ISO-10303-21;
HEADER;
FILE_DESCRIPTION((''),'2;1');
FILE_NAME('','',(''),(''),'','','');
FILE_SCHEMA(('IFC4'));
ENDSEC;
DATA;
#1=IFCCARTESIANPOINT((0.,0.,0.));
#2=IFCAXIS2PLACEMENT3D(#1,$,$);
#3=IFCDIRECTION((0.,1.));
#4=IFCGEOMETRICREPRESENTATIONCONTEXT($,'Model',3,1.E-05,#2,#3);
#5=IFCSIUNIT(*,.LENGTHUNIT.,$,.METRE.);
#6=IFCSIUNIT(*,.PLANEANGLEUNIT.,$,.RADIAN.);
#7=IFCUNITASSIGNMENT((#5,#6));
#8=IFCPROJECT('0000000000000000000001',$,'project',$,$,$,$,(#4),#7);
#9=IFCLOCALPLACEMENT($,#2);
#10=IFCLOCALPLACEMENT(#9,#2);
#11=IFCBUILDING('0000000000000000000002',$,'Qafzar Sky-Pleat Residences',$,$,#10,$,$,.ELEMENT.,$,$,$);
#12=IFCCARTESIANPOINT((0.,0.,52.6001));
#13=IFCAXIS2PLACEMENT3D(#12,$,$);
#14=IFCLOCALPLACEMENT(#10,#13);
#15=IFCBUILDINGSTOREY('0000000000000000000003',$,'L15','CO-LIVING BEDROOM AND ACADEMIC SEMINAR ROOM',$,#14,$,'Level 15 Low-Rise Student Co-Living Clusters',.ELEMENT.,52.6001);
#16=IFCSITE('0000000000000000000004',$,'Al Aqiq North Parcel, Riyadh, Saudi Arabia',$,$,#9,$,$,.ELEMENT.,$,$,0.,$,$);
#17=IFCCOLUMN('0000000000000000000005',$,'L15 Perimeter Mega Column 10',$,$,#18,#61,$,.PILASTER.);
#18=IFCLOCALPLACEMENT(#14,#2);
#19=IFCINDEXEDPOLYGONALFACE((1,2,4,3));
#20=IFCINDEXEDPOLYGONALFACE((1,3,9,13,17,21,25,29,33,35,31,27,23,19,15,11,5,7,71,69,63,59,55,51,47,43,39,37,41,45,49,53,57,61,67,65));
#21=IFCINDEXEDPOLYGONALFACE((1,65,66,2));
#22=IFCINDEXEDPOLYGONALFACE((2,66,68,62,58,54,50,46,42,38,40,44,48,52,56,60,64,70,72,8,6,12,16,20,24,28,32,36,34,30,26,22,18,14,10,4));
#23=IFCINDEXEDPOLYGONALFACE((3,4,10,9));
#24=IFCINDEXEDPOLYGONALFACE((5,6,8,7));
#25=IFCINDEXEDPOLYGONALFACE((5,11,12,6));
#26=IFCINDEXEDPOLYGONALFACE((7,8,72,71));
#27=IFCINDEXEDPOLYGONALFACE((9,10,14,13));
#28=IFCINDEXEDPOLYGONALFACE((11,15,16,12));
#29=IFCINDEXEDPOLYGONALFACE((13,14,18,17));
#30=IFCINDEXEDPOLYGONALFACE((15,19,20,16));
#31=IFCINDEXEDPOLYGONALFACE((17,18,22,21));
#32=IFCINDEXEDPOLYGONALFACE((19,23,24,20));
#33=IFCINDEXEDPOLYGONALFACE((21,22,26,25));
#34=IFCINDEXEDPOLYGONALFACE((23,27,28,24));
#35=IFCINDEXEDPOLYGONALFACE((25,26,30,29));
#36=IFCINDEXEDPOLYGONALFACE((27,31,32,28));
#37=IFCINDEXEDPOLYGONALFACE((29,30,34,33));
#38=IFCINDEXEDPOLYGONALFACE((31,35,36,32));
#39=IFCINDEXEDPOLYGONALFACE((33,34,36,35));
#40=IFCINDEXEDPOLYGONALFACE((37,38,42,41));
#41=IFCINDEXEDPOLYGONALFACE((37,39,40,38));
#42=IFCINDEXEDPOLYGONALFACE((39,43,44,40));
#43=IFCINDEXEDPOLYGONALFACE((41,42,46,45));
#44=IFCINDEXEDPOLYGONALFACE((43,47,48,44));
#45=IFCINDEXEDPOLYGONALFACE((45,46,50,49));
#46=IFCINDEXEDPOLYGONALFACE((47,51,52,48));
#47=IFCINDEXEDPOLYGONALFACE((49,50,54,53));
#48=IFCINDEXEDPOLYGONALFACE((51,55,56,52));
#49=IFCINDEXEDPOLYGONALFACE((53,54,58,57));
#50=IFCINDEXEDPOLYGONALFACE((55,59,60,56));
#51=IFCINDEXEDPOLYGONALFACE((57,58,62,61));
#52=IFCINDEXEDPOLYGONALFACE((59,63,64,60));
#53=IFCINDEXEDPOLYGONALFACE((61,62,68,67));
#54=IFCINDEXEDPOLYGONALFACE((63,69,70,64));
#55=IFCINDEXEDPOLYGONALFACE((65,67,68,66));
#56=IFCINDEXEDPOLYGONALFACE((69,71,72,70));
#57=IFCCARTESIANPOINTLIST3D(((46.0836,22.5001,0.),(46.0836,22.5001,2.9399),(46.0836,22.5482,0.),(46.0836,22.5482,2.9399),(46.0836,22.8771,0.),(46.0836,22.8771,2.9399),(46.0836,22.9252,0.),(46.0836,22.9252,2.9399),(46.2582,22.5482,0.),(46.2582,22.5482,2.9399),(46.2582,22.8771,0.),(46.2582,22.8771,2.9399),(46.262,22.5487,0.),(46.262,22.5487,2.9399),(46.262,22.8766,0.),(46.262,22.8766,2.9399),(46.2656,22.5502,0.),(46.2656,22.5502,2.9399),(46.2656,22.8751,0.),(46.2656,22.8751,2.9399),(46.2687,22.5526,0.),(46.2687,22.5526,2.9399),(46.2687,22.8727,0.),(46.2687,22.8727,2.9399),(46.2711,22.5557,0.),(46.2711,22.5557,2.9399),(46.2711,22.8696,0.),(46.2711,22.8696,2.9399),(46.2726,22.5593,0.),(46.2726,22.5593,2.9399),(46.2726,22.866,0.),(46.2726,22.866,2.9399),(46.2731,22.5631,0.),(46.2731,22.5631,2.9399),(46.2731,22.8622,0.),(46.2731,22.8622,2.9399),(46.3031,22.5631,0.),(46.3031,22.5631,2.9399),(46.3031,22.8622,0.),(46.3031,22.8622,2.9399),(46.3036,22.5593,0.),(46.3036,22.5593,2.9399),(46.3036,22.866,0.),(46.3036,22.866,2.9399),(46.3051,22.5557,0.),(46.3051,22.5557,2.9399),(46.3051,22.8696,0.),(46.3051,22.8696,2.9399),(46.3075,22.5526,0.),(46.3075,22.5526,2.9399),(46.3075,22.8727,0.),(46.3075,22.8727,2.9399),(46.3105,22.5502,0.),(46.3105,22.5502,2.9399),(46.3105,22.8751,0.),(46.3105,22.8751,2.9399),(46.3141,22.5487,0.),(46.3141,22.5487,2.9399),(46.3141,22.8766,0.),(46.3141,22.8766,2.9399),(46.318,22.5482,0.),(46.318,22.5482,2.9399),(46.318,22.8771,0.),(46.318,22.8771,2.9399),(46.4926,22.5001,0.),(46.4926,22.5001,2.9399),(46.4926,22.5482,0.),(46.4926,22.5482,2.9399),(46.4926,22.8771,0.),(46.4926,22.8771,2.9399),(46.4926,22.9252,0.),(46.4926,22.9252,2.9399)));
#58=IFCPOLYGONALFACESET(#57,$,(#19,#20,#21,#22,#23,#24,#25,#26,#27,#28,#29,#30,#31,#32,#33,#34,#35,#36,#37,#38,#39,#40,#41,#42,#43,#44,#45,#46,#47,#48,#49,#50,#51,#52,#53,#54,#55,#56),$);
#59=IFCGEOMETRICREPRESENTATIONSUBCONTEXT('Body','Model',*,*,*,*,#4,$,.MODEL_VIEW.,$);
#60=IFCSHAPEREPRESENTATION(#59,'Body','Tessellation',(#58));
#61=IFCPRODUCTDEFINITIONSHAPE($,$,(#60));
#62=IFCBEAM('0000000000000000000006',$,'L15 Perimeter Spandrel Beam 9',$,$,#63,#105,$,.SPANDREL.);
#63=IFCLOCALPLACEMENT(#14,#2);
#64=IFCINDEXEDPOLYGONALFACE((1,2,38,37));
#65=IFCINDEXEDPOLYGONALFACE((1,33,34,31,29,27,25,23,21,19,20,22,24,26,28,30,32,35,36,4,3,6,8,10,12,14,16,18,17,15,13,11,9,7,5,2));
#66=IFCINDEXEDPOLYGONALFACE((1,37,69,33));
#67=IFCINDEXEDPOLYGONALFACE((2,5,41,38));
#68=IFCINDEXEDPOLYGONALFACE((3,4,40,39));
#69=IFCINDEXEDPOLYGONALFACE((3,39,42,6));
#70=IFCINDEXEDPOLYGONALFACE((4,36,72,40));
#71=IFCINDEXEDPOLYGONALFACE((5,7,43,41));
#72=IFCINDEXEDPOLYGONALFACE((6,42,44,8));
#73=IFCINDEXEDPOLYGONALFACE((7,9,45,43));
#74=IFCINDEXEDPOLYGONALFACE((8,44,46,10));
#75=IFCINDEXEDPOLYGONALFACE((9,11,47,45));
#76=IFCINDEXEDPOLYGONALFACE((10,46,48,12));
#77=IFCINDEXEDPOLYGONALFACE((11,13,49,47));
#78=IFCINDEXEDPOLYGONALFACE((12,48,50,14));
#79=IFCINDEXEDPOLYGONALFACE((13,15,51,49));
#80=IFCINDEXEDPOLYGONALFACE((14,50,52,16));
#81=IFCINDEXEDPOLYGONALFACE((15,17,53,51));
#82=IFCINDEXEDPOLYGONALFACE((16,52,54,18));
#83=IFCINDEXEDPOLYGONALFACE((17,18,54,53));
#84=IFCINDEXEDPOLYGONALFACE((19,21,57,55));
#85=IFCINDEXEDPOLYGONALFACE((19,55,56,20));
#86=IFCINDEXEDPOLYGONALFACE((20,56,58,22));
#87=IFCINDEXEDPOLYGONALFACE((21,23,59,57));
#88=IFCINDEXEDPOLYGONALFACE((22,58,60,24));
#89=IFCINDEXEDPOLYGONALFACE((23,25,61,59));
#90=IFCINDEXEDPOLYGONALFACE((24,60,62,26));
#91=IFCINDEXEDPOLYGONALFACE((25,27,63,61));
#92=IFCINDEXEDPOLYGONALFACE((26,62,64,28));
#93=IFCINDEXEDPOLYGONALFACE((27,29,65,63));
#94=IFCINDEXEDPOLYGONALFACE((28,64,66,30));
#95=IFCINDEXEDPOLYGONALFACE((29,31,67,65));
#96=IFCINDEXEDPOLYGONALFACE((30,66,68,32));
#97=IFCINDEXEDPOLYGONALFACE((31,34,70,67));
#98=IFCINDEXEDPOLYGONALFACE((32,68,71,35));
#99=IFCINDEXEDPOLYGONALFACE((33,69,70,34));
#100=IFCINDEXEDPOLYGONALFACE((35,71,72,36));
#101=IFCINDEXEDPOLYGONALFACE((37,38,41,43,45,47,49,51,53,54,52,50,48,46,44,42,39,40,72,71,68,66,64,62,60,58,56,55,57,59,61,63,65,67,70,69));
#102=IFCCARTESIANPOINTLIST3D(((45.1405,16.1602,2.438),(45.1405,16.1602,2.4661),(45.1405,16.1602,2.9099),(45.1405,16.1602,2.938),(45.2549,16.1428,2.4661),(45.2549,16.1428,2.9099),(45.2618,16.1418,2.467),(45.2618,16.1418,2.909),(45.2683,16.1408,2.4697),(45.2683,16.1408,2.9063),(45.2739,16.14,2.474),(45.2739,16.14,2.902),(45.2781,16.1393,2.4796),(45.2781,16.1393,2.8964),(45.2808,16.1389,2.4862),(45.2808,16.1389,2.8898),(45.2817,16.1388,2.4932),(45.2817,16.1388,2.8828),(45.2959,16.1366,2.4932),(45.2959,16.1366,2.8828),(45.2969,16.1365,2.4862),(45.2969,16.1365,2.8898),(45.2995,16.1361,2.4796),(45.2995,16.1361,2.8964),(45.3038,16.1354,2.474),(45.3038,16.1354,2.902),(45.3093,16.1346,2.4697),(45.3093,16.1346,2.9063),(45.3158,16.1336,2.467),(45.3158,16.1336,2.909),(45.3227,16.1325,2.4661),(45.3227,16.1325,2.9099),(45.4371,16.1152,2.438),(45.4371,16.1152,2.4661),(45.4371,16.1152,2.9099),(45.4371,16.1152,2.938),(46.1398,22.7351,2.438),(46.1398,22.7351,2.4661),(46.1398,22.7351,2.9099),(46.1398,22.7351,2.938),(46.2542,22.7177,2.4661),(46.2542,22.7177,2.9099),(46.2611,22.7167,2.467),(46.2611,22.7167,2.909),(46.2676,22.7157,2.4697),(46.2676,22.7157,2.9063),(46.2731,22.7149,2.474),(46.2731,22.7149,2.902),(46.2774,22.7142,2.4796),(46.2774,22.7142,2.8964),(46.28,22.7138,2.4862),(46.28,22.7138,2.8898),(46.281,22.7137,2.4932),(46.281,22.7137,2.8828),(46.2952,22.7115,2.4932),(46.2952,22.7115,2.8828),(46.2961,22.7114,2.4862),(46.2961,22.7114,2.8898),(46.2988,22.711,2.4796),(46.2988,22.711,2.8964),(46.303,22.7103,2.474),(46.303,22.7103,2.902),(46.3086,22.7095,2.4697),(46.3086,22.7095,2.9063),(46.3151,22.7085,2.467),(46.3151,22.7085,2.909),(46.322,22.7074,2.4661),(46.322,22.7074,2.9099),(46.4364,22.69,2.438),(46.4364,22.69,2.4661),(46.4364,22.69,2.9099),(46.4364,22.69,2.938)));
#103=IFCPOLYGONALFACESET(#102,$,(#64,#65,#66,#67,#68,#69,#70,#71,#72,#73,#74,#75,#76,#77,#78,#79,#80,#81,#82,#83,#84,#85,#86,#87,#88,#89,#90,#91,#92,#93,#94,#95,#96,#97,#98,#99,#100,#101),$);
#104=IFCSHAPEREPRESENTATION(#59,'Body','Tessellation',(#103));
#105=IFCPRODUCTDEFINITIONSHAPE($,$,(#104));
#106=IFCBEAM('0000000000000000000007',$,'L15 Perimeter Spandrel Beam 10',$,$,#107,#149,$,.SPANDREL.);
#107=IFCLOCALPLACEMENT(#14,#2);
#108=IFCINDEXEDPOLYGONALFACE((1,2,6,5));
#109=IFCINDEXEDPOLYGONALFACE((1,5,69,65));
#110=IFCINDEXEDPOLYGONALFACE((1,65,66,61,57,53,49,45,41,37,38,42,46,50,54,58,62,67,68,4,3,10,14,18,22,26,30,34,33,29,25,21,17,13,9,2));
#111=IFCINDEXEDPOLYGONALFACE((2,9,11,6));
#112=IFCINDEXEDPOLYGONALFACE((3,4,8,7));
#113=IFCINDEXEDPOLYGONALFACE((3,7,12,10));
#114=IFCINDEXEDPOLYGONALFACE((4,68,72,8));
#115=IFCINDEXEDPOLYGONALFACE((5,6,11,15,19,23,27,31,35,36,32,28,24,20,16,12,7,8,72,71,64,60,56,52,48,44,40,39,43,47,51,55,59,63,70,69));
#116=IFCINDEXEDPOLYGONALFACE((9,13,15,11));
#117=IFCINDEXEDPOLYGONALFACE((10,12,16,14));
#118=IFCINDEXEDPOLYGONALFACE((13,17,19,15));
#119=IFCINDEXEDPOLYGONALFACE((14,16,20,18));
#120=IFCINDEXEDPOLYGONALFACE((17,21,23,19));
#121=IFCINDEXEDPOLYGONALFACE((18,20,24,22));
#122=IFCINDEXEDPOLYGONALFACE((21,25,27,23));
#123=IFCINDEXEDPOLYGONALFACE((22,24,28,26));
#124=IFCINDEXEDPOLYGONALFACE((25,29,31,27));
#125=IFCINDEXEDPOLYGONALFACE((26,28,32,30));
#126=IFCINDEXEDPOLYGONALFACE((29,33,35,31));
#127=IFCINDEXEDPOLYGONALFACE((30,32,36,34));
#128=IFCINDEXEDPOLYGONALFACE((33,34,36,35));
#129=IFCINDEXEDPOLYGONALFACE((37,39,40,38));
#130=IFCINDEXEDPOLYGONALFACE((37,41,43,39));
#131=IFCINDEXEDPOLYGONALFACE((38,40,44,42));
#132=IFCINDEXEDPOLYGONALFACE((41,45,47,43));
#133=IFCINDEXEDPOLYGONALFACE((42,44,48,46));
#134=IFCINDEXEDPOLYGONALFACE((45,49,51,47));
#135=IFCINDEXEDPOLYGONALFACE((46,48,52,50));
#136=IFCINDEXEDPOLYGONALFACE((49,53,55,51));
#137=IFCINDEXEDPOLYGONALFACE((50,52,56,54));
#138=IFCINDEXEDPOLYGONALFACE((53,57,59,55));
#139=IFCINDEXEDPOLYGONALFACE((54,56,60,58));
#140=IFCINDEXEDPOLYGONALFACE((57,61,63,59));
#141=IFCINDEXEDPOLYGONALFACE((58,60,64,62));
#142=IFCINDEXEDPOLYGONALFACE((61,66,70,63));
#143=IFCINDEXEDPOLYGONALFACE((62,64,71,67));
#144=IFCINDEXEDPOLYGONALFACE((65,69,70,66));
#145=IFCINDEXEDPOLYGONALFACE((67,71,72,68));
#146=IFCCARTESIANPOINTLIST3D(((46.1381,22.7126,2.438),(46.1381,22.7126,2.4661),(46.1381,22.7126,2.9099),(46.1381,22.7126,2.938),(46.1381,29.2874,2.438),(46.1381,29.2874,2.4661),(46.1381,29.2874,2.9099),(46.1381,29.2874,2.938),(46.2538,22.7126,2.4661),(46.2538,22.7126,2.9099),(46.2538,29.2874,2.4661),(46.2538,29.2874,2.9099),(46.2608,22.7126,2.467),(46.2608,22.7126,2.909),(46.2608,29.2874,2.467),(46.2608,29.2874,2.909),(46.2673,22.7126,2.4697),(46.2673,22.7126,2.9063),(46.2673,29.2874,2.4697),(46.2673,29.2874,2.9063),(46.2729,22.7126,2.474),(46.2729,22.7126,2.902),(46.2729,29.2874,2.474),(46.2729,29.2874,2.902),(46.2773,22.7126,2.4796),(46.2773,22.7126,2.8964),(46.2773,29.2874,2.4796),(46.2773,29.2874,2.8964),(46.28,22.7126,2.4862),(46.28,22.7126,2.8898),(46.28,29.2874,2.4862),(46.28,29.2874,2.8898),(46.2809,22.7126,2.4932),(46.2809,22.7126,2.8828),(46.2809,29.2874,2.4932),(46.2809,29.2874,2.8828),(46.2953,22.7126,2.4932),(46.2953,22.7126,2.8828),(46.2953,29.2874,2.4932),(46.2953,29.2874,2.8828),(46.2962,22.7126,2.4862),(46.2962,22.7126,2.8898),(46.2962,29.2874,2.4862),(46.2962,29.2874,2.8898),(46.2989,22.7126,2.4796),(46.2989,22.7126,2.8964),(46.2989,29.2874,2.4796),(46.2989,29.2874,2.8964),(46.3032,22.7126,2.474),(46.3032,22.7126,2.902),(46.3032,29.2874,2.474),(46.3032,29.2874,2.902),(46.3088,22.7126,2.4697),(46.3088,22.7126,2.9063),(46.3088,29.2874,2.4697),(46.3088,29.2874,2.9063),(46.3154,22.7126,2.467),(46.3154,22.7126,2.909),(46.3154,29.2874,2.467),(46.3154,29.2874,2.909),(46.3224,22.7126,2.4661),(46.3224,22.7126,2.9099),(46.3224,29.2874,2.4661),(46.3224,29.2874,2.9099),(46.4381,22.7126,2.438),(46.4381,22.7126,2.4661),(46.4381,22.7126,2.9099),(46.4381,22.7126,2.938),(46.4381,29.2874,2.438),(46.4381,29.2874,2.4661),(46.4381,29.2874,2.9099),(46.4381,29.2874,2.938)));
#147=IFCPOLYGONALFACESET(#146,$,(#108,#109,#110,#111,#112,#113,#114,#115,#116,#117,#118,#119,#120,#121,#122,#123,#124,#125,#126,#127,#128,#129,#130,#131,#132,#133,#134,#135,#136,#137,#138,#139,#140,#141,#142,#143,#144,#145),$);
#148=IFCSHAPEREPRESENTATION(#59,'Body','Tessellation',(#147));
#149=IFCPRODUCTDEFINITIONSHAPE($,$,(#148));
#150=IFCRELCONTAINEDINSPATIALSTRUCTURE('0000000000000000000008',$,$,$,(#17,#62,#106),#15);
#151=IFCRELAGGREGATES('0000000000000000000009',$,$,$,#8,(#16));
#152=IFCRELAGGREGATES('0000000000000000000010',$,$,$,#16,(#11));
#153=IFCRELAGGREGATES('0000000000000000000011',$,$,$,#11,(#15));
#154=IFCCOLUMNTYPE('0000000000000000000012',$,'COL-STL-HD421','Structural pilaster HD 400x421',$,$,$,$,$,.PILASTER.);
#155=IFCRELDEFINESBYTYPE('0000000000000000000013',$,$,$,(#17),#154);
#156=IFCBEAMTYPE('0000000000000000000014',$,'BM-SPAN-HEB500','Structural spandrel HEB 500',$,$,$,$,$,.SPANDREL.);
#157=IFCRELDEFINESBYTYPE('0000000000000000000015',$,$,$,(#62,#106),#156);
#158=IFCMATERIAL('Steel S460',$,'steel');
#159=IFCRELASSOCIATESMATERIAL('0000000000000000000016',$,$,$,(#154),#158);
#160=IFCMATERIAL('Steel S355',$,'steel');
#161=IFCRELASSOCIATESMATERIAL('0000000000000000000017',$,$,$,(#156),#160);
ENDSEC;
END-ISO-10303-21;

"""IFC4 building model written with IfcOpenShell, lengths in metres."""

from ifc_helpers import new_model, si_unit, direction, frame, origin, origin_2d, place, context, subcontext, project, spatial, i_section, extrude, source, transform, mapped, material, material_profile, profile_set, type_object, element, save


model = new_model("IFC4")

# Units and contexts
model_context = context("Model", 3, precision=1e-05, world=origin(), true_north=direction((0.0, 1.0)))
body_context = subcontext(model_context, "Body", "Model", "MODEL_VIEW")
ifc_project = project(units=[si_unit("LENGTHUNIT", "METRE"), si_unit("PLANEANGLEUNIT", "RADIAN")], contexts=[model_context])

# Site, building, storey
site_placement = place(None, origin())
site = spatial("IfcSite", under=ifc_project, at=site_placement, Name="Al Aqiq North Parcel, Riyadh, Saudi Arabia", CompositionType="ELEMENT", RefElevation=0.0)
building_placement = place(site_placement, origin())
building = spatial("IfcBuilding", under=site, at=building_placement, Name="Qafzar Sky-Pleat Residences", CompositionType="ELEMENT")
storey_placement = place(building_placement, frame((0.0, 0.0, 52.6001)))
storey = spatial("IfcBuildingStorey", under=building, at=storey_placement, Name="L15", Description="CO-LIVING BEDROOM AND ACADEMIC SEMINAR ROOM", LongName="Level 15 Low-Rise Student Co-Living Clusters", CompositionType="ELEMENT", Elevation=52.6001)

# Column
ifc_material_1 = material(Name="Steel S460", Category="steel")
ifc_material_profile_1 = material_profile(ifc_material_1, i_section(OverallWidth=0.4089, OverallDepth=0.425, WebThickness=0.03, FlangeThickness=0.0481, FilletRadius=0.0149, at=origin_2d()), Name="HD 400x421")
ifc_profile_set_1 = profile_set([ifc_material_profile_1], Name="Steel S460")
column_type = type_object("IfcColumnType", Name="COL-STL-HD421", Description="Structural pilaster HD 400x421", PredefinedType="PILASTER", material=ifc_profile_set_1)
shared_shape_1 = source(origin(), body_context, "Body", "SweptSolid", [
    extrude(i_section(OverallWidth=0.4089, OverallDepth=0.425, WebThickness=0.03, FlangeThickness=0.0481, FilletRadius=0.0149, at=origin_2d()), origin(), (0.0, 0.0, 1.0), 2.9399),
])
column_placement = place(storey_placement, frame((46.2881, 22.7126, 0.0), z_axis=(0.0, 0.0, 1.0), x_axis=(1.0, 0.0, 0.0)))
element("IfcColumn", 1, at=column_placement, inside=storey, type_object=column_type, Name="L15 Perimeter Mega Column 10", PredefinedType="PILASTER", context=body_context, shape_type="MappedRepresentation", body=[
    mapped(shared_shape_1, transform((0.0, 0.0, 0.0), x_axis=(1.0, 0.0, 0.0), y_axis=(0.0, 1.0, 0.0), z_axis=(0.0, 0.0, 1.0), scale=1.0)),
])

# Beams
ifc_material_2 = material(Name="Steel S355", Category="steel")
ifc_material_profile_2 = material_profile(ifc_material_2, i_section(OverallWidth=0.3, OverallDepth=0.5, WebThickness=0.0144, FlangeThickness=0.0281, FilletRadius=0.0271, at=origin_2d()), Name="HEB 500")
ifc_profile_set_2 = profile_set([ifc_material_profile_2], Name="Steel S355")
beam_type_1 = type_object("IfcBeamType", Name="BM-SPAN-HEB500", Description="Structural spandrel HEB 500", PredefinedType="SPANDREL", material=ifc_profile_set_2)
shared_shape_2 = source(origin(), body_context, "Body", "SweptSolid", [
    extrude(i_section(OverallWidth=0.3, OverallDepth=0.5, WebThickness=0.0144, FlangeThickness=0.0281, FilletRadius=0.0271, at=origin_2d()), origin(), (0.0, 0.0, 1.0), 6.6504),
])
beam_1_placement = place(storey_placement, frame((45.2888, 16.1377, 2.688), z_axis=(0.150256, 0.988647, 0.0), x_axis=(-0.988647, 0.150256, 0.0)))
element("IfcBeam", 2, at=beam_1_placement, inside=storey, type_object=beam_type_1, Name="L15 Perimeter Spandrel Beam 9", PredefinedType="SPANDREL", context=body_context, shape_type="MappedRepresentation", body=[
    mapped(shared_shape_2, transform((0.0, 0.0, 0.0), x_axis=(1.0, 0.0, 0.0), y_axis=(0.0, 1.0, 0.0), z_axis=(0.0, 0.0, 1.0), scale=1.0)),
])
shared_shape_3 = source(origin(), body_context, "Body", "SweptSolid", [
    extrude(i_section(OverallWidth=0.3, OverallDepth=0.5, WebThickness=0.0144, FlangeThickness=0.0281, FilletRadius=0.0271, at=origin_2d()), origin(), (0.0, 0.0, 1.0), 6.5747),
])
beam_2_placement = place(storey_placement, frame((46.2881, 22.7126, 2.688), z_axis=(0.0, 1.0, 0.0), x_axis=(-1.0, 0.0, 0.0)))
element("IfcBeam", 3, at=beam_2_placement, inside=storey, type_object=beam_type_1, Name="L15 Perimeter Spandrel Beam 10", PredefinedType="SPANDREL", context=body_context, shape_type="MappedRepresentation", body=[
    mapped(shared_shape_3, transform((0.0, 0.0, 0.0), x_axis=(1.0, 0.0, 0.0), y_axis=(0.0, 1.0, 0.0), z_axis=(0.0, 0.0, 1.0), scale=1.0)),
])

save(model, "model.ifc")
